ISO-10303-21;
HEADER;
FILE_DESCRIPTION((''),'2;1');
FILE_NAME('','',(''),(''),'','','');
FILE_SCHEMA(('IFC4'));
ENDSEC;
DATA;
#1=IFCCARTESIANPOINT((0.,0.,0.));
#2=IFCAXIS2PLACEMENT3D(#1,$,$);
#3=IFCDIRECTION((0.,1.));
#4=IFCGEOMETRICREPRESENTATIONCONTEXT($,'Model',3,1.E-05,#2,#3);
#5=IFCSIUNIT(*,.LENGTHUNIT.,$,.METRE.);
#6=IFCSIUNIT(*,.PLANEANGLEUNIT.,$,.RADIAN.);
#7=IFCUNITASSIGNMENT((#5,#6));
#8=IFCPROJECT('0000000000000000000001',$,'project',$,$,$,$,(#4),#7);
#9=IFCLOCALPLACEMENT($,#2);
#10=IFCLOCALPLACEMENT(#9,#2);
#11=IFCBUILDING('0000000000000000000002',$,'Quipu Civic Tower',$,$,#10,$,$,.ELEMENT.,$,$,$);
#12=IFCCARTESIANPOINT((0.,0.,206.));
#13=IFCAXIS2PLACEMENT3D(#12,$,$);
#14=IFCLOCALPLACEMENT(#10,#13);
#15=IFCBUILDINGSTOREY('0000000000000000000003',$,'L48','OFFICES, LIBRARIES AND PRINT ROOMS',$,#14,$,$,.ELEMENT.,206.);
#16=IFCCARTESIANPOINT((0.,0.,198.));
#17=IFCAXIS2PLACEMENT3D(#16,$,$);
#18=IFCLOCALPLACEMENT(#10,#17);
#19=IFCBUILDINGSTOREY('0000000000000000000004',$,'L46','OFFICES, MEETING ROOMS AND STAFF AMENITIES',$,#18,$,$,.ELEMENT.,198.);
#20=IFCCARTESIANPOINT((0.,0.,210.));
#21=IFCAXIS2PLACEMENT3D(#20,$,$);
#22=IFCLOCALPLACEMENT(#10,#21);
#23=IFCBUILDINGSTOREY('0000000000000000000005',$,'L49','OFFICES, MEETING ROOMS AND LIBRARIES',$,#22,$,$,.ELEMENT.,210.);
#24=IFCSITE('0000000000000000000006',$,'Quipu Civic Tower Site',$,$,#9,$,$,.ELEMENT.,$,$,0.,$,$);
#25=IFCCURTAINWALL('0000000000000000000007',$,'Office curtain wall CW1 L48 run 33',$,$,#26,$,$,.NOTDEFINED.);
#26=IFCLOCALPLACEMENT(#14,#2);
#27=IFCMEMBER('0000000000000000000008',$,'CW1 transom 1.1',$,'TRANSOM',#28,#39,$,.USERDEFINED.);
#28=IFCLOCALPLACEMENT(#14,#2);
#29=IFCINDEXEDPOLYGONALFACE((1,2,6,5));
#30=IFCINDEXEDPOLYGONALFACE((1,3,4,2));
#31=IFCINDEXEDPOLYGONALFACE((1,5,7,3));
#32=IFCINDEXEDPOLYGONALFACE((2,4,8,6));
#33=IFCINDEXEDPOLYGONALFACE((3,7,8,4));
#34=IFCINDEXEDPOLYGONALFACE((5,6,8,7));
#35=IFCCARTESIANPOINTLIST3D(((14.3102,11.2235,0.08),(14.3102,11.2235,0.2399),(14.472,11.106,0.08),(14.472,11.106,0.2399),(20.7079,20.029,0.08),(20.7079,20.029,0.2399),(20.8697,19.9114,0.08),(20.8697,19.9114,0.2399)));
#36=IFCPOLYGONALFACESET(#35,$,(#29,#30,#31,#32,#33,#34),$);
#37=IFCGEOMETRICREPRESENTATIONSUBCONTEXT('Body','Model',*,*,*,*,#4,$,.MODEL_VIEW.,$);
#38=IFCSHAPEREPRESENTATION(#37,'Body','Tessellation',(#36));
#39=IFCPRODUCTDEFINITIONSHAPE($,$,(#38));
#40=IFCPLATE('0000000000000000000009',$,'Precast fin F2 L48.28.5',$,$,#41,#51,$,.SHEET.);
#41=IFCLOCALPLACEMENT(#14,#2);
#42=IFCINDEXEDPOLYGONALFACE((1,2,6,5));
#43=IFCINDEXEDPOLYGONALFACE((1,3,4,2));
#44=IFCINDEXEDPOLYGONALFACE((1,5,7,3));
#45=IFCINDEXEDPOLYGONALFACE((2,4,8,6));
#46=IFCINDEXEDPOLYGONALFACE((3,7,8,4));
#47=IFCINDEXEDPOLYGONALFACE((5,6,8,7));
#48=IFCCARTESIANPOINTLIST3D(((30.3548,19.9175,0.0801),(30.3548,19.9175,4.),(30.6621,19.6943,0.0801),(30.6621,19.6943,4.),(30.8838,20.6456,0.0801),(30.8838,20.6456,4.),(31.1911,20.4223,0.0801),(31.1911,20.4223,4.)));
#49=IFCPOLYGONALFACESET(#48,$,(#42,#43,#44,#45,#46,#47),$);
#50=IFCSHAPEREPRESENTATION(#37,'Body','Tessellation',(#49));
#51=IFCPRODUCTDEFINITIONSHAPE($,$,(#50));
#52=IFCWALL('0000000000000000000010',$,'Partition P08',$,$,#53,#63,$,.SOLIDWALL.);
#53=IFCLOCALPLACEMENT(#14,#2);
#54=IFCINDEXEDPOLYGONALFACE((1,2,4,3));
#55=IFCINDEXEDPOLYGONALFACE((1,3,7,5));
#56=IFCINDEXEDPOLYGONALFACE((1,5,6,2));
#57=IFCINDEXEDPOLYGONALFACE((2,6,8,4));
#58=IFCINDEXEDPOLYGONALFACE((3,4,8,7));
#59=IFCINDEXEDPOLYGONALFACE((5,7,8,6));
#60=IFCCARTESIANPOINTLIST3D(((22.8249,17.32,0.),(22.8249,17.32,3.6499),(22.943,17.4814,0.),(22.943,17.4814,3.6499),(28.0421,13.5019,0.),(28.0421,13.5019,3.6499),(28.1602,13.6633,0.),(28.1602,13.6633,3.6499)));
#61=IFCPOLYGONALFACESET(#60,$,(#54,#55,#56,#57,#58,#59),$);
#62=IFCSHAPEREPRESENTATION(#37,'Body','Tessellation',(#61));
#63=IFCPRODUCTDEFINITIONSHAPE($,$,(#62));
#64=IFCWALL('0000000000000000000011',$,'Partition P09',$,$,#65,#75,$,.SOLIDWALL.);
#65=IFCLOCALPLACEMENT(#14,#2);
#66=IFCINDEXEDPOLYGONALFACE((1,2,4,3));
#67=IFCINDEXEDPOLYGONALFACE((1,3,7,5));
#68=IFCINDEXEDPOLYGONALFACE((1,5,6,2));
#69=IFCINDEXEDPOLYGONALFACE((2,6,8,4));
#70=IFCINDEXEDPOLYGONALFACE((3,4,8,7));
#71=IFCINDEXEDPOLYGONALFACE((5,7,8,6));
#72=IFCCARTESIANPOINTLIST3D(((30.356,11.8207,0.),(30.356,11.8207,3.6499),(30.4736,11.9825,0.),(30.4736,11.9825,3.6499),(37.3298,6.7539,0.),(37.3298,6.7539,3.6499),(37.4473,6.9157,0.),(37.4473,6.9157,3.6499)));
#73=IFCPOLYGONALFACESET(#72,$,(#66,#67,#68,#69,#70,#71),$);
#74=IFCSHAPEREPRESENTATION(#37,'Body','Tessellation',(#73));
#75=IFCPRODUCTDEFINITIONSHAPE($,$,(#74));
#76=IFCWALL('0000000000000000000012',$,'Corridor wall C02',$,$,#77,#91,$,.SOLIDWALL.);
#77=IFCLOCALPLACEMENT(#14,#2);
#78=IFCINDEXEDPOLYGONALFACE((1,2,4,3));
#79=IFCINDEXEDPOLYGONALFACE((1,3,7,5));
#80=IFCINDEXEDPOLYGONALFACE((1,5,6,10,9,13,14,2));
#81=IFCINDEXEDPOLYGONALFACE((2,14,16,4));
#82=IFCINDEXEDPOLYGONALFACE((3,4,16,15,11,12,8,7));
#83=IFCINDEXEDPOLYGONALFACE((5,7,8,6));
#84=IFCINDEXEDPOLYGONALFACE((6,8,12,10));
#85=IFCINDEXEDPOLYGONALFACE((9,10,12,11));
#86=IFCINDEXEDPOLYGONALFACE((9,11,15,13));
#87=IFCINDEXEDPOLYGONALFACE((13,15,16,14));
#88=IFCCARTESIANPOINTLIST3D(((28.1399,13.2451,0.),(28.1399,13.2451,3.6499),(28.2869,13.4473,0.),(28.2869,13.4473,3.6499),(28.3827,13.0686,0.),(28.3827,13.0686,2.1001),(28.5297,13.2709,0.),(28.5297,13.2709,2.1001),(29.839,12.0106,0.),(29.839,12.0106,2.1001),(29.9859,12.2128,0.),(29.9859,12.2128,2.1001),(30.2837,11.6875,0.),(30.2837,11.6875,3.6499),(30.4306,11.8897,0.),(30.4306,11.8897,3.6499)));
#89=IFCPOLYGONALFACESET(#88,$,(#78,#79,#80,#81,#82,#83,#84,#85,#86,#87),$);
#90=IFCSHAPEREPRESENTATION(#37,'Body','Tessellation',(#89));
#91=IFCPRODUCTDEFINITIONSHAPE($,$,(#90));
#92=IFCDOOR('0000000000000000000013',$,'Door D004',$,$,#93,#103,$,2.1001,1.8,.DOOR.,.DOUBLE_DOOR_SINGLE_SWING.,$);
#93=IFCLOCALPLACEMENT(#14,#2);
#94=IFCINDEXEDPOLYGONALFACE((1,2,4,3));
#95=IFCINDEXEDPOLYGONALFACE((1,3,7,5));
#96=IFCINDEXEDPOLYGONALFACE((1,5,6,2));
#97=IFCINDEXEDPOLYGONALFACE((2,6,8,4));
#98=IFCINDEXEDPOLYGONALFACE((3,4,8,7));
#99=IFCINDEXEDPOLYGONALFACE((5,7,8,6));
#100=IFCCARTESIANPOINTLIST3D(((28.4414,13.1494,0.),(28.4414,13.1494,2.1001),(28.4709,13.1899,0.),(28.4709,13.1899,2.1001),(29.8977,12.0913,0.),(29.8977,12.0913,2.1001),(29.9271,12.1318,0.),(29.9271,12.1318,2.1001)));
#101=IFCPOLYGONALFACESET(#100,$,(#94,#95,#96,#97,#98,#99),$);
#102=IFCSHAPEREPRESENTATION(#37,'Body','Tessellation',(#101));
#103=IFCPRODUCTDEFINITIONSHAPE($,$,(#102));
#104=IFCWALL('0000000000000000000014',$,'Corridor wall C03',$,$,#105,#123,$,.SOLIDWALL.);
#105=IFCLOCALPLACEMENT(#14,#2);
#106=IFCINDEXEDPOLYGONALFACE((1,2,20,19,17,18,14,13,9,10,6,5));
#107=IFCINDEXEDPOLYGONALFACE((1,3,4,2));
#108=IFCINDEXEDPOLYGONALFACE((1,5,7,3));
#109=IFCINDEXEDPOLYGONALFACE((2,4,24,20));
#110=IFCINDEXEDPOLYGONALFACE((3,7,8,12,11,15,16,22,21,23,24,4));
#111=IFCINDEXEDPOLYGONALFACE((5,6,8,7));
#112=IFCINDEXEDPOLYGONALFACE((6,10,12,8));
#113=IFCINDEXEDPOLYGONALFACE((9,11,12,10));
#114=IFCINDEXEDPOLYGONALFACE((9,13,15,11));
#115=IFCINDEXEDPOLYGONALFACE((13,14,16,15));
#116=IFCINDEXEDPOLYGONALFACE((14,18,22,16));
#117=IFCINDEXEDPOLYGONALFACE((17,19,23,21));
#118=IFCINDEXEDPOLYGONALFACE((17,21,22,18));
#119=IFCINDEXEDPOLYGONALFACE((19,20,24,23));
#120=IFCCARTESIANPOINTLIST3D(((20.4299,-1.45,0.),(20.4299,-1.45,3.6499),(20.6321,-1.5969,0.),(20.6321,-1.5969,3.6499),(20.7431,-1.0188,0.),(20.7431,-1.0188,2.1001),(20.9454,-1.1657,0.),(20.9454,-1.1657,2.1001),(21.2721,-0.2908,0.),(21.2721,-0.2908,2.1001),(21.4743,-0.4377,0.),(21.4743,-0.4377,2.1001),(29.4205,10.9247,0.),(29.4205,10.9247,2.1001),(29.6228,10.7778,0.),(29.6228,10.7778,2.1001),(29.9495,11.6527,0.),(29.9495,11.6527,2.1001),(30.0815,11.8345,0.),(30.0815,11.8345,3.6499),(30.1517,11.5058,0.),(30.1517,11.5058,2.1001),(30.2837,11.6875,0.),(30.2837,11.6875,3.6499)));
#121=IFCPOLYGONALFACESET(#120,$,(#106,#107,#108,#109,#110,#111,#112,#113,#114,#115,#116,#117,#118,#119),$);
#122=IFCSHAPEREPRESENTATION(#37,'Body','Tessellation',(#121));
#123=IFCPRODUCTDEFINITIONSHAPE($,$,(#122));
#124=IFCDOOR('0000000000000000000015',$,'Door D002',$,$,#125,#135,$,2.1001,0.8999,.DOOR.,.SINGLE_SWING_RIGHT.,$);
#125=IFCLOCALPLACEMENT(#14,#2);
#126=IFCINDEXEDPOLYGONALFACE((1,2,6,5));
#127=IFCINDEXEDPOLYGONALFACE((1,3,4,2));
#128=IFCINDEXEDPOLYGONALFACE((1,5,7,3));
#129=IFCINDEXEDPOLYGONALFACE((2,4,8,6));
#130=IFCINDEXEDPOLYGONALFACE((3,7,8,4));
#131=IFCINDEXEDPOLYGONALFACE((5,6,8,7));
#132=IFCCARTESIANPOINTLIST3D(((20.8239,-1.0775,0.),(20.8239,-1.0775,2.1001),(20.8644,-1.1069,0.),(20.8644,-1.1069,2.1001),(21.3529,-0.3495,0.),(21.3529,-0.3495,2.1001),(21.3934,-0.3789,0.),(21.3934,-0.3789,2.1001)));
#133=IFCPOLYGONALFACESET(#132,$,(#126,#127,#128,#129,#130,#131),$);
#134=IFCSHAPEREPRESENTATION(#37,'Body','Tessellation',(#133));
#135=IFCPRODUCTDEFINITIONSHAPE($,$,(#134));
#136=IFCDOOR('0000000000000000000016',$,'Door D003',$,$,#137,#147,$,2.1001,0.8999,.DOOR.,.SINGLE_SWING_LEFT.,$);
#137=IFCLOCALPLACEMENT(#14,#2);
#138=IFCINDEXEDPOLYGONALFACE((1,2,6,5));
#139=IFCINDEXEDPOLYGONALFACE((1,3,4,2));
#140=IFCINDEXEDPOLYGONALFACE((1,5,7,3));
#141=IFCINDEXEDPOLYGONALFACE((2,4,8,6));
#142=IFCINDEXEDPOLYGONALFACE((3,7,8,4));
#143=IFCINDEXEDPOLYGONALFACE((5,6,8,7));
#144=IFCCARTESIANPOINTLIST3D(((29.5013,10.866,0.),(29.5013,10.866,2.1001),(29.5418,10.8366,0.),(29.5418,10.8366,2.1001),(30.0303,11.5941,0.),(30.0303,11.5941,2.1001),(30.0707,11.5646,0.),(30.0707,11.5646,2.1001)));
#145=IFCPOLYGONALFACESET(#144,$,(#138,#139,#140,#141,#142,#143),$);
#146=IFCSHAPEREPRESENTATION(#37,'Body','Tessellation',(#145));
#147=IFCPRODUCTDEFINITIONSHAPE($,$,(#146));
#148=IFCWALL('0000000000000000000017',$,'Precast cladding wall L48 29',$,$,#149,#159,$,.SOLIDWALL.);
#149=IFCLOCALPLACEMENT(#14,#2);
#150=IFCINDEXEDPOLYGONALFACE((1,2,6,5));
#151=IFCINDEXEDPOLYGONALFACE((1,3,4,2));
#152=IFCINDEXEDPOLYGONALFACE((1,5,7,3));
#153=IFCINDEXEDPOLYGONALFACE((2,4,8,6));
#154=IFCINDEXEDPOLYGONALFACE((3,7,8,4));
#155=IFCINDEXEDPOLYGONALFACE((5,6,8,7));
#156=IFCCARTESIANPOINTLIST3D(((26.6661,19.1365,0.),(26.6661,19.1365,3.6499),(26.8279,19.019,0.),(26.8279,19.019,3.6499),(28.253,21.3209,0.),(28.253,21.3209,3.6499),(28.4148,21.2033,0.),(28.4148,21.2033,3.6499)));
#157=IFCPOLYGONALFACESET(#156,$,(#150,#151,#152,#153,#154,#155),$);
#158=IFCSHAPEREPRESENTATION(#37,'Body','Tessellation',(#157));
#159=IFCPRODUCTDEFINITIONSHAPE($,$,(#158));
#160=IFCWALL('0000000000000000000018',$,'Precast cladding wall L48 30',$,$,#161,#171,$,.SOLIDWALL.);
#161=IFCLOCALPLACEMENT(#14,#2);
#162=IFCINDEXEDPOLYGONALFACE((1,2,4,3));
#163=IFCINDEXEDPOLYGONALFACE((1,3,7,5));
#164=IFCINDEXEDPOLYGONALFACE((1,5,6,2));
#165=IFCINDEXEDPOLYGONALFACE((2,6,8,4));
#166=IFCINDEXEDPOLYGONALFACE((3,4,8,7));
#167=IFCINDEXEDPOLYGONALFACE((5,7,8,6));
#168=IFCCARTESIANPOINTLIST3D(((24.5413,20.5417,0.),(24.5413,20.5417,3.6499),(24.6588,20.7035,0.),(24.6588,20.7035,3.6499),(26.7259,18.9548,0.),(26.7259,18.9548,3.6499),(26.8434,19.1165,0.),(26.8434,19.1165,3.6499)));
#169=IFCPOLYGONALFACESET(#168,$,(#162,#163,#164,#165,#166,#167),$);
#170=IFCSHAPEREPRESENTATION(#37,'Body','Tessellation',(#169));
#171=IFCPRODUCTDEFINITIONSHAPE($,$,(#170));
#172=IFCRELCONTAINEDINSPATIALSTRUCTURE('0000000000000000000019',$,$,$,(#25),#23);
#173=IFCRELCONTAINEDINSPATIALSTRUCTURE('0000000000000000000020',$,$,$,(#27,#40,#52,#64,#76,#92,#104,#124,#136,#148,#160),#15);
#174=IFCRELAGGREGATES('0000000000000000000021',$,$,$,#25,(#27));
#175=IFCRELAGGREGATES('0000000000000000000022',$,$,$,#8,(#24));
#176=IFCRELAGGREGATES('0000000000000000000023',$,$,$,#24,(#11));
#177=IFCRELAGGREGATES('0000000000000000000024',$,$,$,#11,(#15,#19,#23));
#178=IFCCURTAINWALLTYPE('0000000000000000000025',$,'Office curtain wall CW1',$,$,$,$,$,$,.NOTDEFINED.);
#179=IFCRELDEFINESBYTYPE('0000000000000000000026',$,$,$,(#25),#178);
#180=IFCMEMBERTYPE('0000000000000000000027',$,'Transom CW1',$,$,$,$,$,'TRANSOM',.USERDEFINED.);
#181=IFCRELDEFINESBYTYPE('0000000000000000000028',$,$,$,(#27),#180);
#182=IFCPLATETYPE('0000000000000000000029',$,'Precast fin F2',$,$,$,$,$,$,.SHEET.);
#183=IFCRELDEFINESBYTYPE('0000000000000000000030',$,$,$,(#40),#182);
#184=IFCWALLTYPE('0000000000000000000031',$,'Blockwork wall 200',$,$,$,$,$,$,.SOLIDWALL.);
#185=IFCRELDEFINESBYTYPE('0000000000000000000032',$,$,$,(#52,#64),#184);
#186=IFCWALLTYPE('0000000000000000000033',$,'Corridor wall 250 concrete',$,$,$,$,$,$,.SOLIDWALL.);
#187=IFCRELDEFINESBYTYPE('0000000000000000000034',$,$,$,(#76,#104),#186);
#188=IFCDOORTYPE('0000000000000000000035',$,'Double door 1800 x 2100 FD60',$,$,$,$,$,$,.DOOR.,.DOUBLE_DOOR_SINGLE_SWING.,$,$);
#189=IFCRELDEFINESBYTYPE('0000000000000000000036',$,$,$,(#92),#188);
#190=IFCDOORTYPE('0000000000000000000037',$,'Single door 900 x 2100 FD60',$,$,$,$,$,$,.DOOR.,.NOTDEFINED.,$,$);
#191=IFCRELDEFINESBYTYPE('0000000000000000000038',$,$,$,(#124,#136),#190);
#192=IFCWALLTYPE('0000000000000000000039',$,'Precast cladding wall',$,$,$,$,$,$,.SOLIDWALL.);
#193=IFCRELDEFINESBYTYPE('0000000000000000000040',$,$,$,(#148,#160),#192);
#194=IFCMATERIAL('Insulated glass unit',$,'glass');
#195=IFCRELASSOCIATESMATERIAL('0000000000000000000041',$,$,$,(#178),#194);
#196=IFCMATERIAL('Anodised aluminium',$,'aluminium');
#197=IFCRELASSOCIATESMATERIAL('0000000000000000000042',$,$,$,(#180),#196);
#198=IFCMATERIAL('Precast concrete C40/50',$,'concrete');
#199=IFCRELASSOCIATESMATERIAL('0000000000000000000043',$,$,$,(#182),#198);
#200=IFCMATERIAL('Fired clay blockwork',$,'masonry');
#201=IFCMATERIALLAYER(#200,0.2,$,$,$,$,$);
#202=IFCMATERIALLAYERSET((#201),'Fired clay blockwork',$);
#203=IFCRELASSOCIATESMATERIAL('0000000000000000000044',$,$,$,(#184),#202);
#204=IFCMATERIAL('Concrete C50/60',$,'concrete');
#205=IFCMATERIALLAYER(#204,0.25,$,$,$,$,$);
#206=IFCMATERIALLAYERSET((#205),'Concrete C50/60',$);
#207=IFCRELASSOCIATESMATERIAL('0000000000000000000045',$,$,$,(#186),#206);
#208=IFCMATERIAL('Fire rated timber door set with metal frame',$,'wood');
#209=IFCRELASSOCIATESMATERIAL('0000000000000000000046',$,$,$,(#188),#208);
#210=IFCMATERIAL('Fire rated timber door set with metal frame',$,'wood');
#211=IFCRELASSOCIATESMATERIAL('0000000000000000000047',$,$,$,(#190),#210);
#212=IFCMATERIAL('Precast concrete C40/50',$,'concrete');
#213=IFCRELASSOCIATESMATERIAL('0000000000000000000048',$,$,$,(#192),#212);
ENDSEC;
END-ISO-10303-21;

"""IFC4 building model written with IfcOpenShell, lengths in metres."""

from ifc_helpers import new_model, si_unit, direction, frame, frame_2d, origin, origin_2d, place, context, subcontext, project, spatial, rectangle, extrude, material, layer, layer_set, material_profile, profile_set, type_object, element, fill, aggregate, save


model = new_model("IFC4")

# Units and contexts
model_context = context("Model", 3, precision=1e-05, world=origin(), true_north=direction((0.0, 1.0)))
body_context = subcontext(model_context, "Body", "Model", "MODEL_VIEW")
ifc_project = project(units=[si_unit("LENGTHUNIT", "METRE"), si_unit("PLANEANGLEUNIT", "RADIAN")], contexts=[model_context])

# Site, building, storey
site_placement = place(None, origin())
site = spatial("IfcSite", under=ifc_project, at=site_placement, Name="Quipu Civic Tower Site", CompositionType="ELEMENT", RefElevation=0.0)
building_placement = place(site_placement, origin())
building = spatial("IfcBuilding", under=site, at=building_placement, Name="Quipu Civic Tower", CompositionType="ELEMENT")
storey_1_placement = place(building_placement, frame((0.0, 0.0, 206.0)))
storey_1 = spatial("IfcBuildingStorey", under=building, at=storey_1_placement, Name="L48", Description="OFFICES, LIBRARIES AND PRINT ROOMS", CompositionType="ELEMENT", Elevation=206.0)

# Shared definitions
ifc_material_1 = material(Name="Insulated glass unit", Category="glass")
curtain_wall_type = type_object("IfcCurtainWallType", Name="Office curtain wall CW1", PredefinedType="NOTDEFINED", material=ifc_material_1)

# Shared definitions
storey_2_placement = place(building_placement, frame((0.0, 0.0, 198.0)))
storey_2 = spatial("IfcBuildingStorey", under=building, at=storey_2_placement, Name="L46", Description="OFFICES, MEETING ROOMS AND STAFF AMENITIES", CompositionType="ELEMENT", Elevation=198.0)

# Shared definitions
ifc_material_2 = material(Name="Anodised aluminium", Category="aluminium")
ifc_material_profile_1 = material_profile(ifc_material_2, rectangle(XDim=0.2, YDim=0.1599, at=origin_2d()), Name="RECT 200x160")
ifc_profile_set_1 = profile_set([ifc_material_profile_1], Name="Anodised aluminium")
member_type_1 = type_object("IfcMemberType", Name="Transom CW1", ElementType="TRANSOM", PredefinedType="USERDEFINED", material=ifc_profile_set_1)

# Shared definitions
storey_3_placement = place(building_placement, frame((0.0, 0.0, 210.0)))
storey_3 = spatial("IfcBuildingStorey", under=building, at=storey_3_placement, Name="L49", Description="OFFICES, MEETING ROOMS AND LIBRARIES", CompositionType="ELEMENT", Elevation=210.0)

# Curtain wall, member
curtain_wall_1_placement = place(storey_3_placement, origin())
curtain_wall_1 = element("IfcCurtainWall", 1, at=curtain_wall_1_placement, inside=storey_3, type_object=curtain_wall_type, Name="Office curtain wall CW1 L48 run 33", PredefinedType="NOTDEFINED")
member_1_placement = place(storey_1_placement, frame((20.7888, 19.9702, 0.1599), z_axis=(-0.587797, -0.809009, 0.0), x_axis=(0.809009, -0.587797, 0.0)))
member_1 = element("IfcMember", 2, at=member_1_placement, inside=storey_1, type_object=member_type_1, Name="CW1 transom 1.1", ObjectType="TRANSOM", PredefinedType="USERDEFINED", context=body_context, shape_type="SweptSolid", body=[
    extrude(rectangle(XDim=0.2, YDim=0.1599, at=origin_2d()), origin(), (0.0, 0.0, 1.0), 10.8843),
])
aggregate(curtain_wall_1, [member_1])

# Plate
ifc_material_3 = material(Name="Precast concrete C40/50", Category="concrete")
plate_type = type_object("IfcPlateType", Name="Precast fin F2", PredefinedType="SHEET", material=ifc_material_3)
plate_placement = place(storey_1_placement, frame((30.7729, 20.1699, 0.0801), z_axis=(0.0, 0.0, 1.0), x_axis=(-0.809017, 0.587785, 0.0)))
element("IfcPlate", 3, at=plate_placement, inside=storey_1, type_object=plate_type, Name="Precast fin F2 L48.28.5", PredefinedType="SHEET", context=body_context, shape_type="SweptSolid", body=[
    extrude(rectangle(XDim=0.3799, YDim=0.8999, at=origin_2d()), origin(), (0.0, 0.0, 1.0), 3.9199),
])

# Walls
ifc_material_4 = material(Name="Fired clay blockwork", Category="masonry")
ifc_layer_1 = layer(ifc_material_4, 0.2)
ifc_layer_set_1 = layer_set([ifc_layer_1], Name="Fired clay blockwork")
wall_type_1 = type_object("IfcWallType", Name="Blockwork wall 200", PredefinedType="SOLIDWALL", material=ifc_layer_set_1)
wall_1_placement = place(storey_1_placement, frame((22.884, 17.4006, 0.0), z_axis=(0.0, 0.0, 1.0), x_axis=(0.806987, -0.590569, 0.0)))
element("IfcWall", 4, at=wall_1_placement, inside=storey_1, type_object=wall_type_1, Name="Partition P08", PredefinedType="SOLIDWALL", context=body_context, shape_type="SweptSolid", body=[
    extrude(rectangle(XDim=6.4651, YDim=0.2, at=frame_2d((3.2324, 0.0))), origin(), (0.0, 0.0, 1.0), 3.6499),
])
wall_2_placement = place(storey_1_placement, frame((30.4148, 11.9016, 0.0), z_axis=(0.0, 0.0, 1.0), x_axis=(0.809013, -0.587791, 0.0)))
element("IfcWall", 5, at=wall_2_placement, inside=storey_1, type_object=wall_type_1, Name="Partition P09", PredefinedType="SOLIDWALL", context=body_context, shape_type="SweptSolid", body=[
    extrude(rectangle(XDim=8.6201, YDim=0.2, at=frame_2d((4.3101, 0.0))), origin(), (0.0, 0.0, 1.0), 3.6499),
])

# Wall, opening, door
ifc_material_5 = material(Name="Concrete C50/60", Category="concrete")
ifc_layer_2 = layer(ifc_material_5, 0.25)
ifc_layer_set_2 = layer_set([ifc_layer_2], Name="Concrete C50/60")
wall_type_2 = type_object("IfcWallType", Name="Corridor wall 250 concrete", PredefinedType="SOLIDWALL", material=ifc_layer_set_2)
wall_3_placement = place(storey_1_placement, frame((28.2134, 13.3462, 0.0), z_axis=(0.0, 0.0, 1.0), x_axis=(0.809007, -0.587799, 0.0)))
wall_3 = element("IfcWall", 6, at=wall_3_placement, inside=storey_1, type_object=wall_type_2, Name="Corridor wall C02", PredefinedType="SOLIDWALL", context=body_context, shape_type="SweptSolid", body=[
    extrude(rectangle(XDim=2.6499, YDim=0.25, at=frame_2d((1.325, 0.0))), origin(), (0.0, 0.0, 1.0), 3.6499),
])
opening_1_placement = place(wall_3_placement, frame((0.3003, 0.0, 0.0)))
opening_1 = element("IfcOpeningElement", 7, at=opening_1_placement, cuts=wall_3, PredefinedType="OPENING", context=body_context, shape_type="SweptSolid", body=[
    extrude(rectangle(XDim=1.8, YDim=2.1001, at=frame_2d((0.8999, 1.05))), frame((0.0, 0.135, 0.0), z_axis=(0.0, -1.0, 0.0), x_axis=(1.0, 0.0, 0.0)), (0.0, 0.0, 1.0), 0.27),
])
ifc_material_6 = material(Name="Fire rated timber door set with metal frame", Category="wood")
door_type_1 = type_object("IfcDoorType", Name="Double door 1800 x 2100 FD60", OperationType="DOUBLE_DOOR_SINGLE_SWING", PredefinedType="DOOR", material=ifc_material_6)
door_1_placement = place(opening_1_placement, origin())
door_1 = element("IfcDoor", 8, at=door_1_placement, inside=storey_1, type_object=door_type_1, Name="Door D004", OperationType="DOUBLE_DOOR_SINGLE_SWING", OverallHeight=2.1001, OverallWidth=1.8, PredefinedType="DOOR", context=body_context, shape_type="SweptSolid", body=[
    extrude(rectangle(XDim=1.8, YDim=2.1001, at=frame_2d((0.8999, 1.05))), frame((0.0, 0.0249, 0.0), z_axis=(0.0, -1.0, 0.0), x_axis=(1.0, 0.0, 0.0)), (0.0, 0.0, 1.0), 0.05),
])
fill(opening_1, door_1)

# Wall, openings, doors
wall_4_placement = place(storey_1_placement, frame((30.1826, 11.761, 0.0), z_axis=(0.0, 0.0, 1.0), x_axis=(-0.587782, -0.80902, 0.0)))
wall_4 = element("IfcWall", 9, at=wall_4_placement, inside=storey_1, type_object=wall_type_2, Name="Corridor wall C03", PredefinedType="SOLIDWALL", context=body_context, shape_type="SweptSolid", body=[
    extrude(rectangle(XDim=16.4204, YDim=0.25, at=frame_2d((8.2102, 0.0))), origin(), (0.0, 0.0, 1.0), 3.6499),
])
opening_2_placement = place(wall_4_placement, frame((14.9875, 0.0, 0.0)))
opening_2 = element("IfcOpeningElement", 10, at=opening_2_placement, cuts=wall_4, PredefinedType="OPENING", context=body_context, shape_type="SweptSolid", body=[
    extrude(rectangle(XDim=0.8999, YDim=2.1001, at=frame_2d((0.45, 1.05))), frame((0.0, 0.135, 0.0), z_axis=(0.0, -1.0, 0.0), x_axis=(1.0, 0.0, 0.0)), (0.0, 0.0, 1.0), 0.27),
])
opening_3_placement = place(wall_4_placement, frame((0.2246, 0.0, 0.0)))
opening_3 = element("IfcOpeningElement", 11, at=opening_3_placement, cuts=wall_4, PredefinedType="OPENING", context=body_context, shape_type="SweptSolid", body=[
    extrude(rectangle(XDim=0.8999, YDim=2.1001, at=frame_2d((0.45, 1.05))), frame((0.0, 0.135, 0.0), z_axis=(0.0, -1.0, 0.0), x_axis=(1.0, 0.0, 0.0)), (0.0, 0.0, 1.0), 0.27),
])
ifc_material_7 = material(Name="Fire rated timber door set with metal frame", Category="wood")
door_type_2 = type_object("IfcDoorType", Name="Single door 900 x 2100 FD60", OperationType="NOTDEFINED", PredefinedType="DOOR", material=ifc_material_7)
door_2_placement = place(opening_2_placement, origin())
door_2 = element("IfcDoor", 12, at=door_2_placement, inside=storey_1, type_object=door_type_2, Name="Door D002", OperationType="SINGLE_SWING_RIGHT", OverallHeight=2.1001, OverallWidth=0.8999, PredefinedType="DOOR", context=body_context, shape_type="SweptSolid", body=[
    extrude(rectangle(XDim=0.8999, YDim=2.1001, at=frame_2d((0.45, 1.05))), frame((0.0, 0.0249, 0.0), z_axis=(0.0, -1.0, 0.0), x_axis=(1.0, 0.0, 0.0)), (0.0, 0.0, 1.0), 0.05),
])
fill(opening_2, door_2)
door_3_placement = place(opening_3_placement, origin())
door_3 = element("IfcDoor", 13, at=door_3_placement, inside=storey_1, type_object=door_type_2, Name="Door D003", OperationType="SINGLE_SWING_LEFT", OverallHeight=2.1001, OverallWidth=0.8999, PredefinedType="DOOR", context=body_context, shape_type="SweptSolid", body=[
    extrude(rectangle(XDim=0.8999, YDim=2.1001, at=frame_2d((0.45, 1.05))), frame((0.0, 0.0249, 0.0), z_axis=(0.0, -1.0, 0.0), x_axis=(1.0, 0.0, 0.0)), (0.0, 0.0, 1.0), 0.05),
])
fill(opening_3, door_3)

# Walls
ifc_material_8 = material(Name="Precast concrete C40/50", Category="concrete")
wall_type_3 = type_object("IfcWallType", Name="Precast cladding wall", PredefinedType="SOLIDWALL", material=ifc_material_8)
wall_5_placement = place(storey_1_placement, frame((28.334, 21.2622, 0.0), z_axis=(0.0, 0.0, 1.0), x_axis=(-0.587763, -0.809033, 0.0)))
element("IfcWall", 14, at=wall_5_placement, inside=storey_1, type_object=wall_type_3, Name="Precast cladding wall L48 29", PredefinedType="SOLIDWALL", context=body_context, shape_type="SweptSolid", body=[
    extrude(rectangle(XDim=2.7, YDim=0.2, at=frame_2d((1.3501, 0.0))), origin(), (0.0, 0.0, 1.0), 3.6499),
])
wall_6_placement = place(storey_1_placement, frame((26.7847, 19.0356, 0.0), z_axis=(0.0, 0.0, 1.0), x_axis=(-0.809064, 0.58772, 0.0)))
element("IfcWall", 15, at=wall_6_placement, inside=storey_1, type_object=wall_type_3, Name="Precast cladding wall L48 30", PredefinedType="SOLIDWALL", context=body_context, shape_type="SweptSolid", body=[
    extrude(rectangle(XDim=2.7002, YDim=0.2, at=frame_2d((1.3501, 0.0))), origin(), (0.0, 0.0, 1.0), 3.6499),
])

save(model, "model.ifc")
